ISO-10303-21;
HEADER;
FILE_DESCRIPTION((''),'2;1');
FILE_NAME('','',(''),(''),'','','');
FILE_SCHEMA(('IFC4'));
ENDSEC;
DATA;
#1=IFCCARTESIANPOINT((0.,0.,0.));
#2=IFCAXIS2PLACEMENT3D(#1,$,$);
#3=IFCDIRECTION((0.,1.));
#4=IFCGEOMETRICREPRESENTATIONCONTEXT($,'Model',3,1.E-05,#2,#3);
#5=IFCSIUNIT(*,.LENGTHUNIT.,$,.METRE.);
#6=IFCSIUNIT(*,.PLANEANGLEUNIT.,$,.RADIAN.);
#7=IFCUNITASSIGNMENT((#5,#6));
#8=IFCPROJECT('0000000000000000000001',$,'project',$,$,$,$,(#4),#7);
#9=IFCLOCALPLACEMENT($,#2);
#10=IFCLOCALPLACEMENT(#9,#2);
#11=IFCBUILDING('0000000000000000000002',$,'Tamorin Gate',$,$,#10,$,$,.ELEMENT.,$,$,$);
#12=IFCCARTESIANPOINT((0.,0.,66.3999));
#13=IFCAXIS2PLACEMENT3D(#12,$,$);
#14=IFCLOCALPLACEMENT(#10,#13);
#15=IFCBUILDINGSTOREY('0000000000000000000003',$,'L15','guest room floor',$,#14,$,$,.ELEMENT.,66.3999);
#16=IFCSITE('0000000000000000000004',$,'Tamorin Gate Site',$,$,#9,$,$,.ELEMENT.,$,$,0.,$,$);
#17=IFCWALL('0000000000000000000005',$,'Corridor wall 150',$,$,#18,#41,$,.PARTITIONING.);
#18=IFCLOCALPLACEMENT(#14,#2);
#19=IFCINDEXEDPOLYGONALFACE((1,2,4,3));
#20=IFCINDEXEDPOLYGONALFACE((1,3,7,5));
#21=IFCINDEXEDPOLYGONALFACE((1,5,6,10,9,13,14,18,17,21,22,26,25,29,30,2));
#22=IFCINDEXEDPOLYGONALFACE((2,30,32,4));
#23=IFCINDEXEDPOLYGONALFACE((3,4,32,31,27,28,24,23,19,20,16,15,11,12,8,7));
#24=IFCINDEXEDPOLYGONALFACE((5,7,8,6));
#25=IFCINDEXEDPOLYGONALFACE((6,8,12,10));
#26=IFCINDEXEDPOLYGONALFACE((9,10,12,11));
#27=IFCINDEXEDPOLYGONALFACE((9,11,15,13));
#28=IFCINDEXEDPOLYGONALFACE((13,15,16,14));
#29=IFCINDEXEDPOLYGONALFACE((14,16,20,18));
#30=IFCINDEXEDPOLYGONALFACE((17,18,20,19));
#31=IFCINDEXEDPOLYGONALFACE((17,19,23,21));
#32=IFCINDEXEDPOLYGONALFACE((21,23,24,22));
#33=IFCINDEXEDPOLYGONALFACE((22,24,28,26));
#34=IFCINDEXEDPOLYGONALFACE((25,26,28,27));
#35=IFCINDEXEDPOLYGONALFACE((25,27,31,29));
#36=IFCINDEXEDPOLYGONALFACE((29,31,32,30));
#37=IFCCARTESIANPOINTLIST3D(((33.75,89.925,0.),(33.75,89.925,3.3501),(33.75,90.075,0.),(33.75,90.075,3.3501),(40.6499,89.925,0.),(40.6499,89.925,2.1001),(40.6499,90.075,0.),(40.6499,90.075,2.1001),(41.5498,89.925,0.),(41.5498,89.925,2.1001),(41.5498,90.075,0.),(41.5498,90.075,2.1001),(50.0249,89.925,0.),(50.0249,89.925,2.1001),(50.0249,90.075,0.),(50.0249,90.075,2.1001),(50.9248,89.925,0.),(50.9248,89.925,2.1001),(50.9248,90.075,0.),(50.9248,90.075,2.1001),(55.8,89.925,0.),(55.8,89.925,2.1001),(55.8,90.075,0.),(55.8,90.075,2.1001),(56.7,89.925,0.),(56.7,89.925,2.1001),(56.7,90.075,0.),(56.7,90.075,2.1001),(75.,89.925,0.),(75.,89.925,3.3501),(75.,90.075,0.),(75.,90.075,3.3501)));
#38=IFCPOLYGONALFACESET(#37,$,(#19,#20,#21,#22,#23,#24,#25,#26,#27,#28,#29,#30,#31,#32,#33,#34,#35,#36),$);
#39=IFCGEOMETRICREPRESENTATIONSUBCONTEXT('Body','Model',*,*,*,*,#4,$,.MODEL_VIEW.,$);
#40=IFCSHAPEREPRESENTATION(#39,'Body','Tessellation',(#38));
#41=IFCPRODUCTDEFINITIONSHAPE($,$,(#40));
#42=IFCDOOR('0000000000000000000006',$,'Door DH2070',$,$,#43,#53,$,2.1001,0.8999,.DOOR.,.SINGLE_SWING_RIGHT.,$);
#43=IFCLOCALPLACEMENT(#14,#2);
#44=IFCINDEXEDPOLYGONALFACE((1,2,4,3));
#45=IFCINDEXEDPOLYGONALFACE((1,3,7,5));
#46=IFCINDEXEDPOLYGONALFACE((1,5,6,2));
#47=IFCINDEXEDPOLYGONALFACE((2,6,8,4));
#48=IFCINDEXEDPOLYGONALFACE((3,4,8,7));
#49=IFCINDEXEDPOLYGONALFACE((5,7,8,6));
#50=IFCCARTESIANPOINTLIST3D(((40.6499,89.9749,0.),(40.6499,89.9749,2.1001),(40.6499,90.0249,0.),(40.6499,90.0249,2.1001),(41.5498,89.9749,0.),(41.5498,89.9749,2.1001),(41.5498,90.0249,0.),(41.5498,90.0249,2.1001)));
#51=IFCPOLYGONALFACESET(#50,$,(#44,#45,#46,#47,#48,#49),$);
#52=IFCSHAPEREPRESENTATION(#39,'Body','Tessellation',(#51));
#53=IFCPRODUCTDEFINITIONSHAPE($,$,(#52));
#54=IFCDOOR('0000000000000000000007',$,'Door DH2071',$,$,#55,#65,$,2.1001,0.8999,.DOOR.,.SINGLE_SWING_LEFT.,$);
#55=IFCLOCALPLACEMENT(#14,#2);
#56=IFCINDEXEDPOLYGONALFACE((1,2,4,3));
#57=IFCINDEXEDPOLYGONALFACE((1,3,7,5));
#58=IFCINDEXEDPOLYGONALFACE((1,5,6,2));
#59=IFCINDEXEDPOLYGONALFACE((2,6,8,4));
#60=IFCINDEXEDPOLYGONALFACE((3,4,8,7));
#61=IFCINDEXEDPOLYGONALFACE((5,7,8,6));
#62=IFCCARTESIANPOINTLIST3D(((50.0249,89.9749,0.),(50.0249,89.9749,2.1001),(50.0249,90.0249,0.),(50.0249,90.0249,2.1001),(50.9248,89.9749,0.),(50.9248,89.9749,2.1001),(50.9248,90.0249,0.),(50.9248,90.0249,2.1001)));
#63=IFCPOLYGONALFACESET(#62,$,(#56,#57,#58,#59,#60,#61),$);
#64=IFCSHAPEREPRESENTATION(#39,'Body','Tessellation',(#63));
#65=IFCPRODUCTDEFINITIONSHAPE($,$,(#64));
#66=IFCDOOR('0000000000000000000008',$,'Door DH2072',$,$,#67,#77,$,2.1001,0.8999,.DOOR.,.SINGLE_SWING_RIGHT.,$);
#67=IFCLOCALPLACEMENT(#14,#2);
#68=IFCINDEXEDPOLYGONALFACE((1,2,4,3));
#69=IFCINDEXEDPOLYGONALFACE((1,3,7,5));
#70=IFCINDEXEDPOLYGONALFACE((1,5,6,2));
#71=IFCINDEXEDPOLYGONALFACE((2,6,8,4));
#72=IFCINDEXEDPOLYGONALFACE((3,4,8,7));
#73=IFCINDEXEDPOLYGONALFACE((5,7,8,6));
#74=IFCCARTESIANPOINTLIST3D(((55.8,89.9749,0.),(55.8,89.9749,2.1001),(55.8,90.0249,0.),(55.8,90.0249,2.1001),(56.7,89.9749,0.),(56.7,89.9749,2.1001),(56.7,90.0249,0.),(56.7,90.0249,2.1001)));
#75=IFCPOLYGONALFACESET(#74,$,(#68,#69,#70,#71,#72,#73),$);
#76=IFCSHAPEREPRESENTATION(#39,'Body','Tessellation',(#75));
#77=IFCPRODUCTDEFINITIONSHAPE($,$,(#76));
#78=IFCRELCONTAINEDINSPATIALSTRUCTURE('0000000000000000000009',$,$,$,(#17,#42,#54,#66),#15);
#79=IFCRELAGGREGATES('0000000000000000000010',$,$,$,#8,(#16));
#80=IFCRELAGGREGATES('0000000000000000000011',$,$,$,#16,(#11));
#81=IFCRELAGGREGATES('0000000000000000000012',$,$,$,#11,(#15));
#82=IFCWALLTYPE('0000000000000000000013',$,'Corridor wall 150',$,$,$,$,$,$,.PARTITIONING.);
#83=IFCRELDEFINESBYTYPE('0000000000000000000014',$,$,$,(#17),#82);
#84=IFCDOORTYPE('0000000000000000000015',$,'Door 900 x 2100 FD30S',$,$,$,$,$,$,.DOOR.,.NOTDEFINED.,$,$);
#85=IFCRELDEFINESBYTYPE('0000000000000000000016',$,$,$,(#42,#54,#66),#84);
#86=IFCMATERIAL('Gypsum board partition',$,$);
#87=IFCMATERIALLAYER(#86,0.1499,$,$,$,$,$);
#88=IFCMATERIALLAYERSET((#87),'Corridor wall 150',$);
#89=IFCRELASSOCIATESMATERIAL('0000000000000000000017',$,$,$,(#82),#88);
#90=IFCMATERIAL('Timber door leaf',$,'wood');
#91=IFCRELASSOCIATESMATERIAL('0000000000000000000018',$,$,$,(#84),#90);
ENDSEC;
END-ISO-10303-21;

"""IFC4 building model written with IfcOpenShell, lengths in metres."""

from ifc_helpers import new_model, si_unit, direction, frame, frame_2d, origin, place, context, subcontext, project, spatial, rectangle, extrude, material, layer, layer_set, type_object, element, fill, save


model = new_model("IFC4")

# Units and contexts
model_context = context("Model", 3, precision=1e-05, world=origin(), true_north=direction((0.0, 1.0)))
body_context = subcontext(model_context, "Body", "Model", "MODEL_VIEW")
ifc_project = project(units=[si_unit("LENGTHUNIT", "METRE"), si_unit("PLANEANGLEUNIT", "RADIAN")], contexts=[model_context])

# Site, building, storey
site_placement = place(None, origin())
site = spatial("IfcSite", under=ifc_project, at=site_placement, Name="Tamorin Gate Site", CompositionType="ELEMENT", RefElevation=0.0)
building_placement = place(site_placement, origin())
building = spatial("IfcBuilding", under=site, at=building_placement, Name="Tamorin Gate", CompositionType="ELEMENT")
storey_placement = place(building_placement, frame((0.0, 0.0, 66.3999)))
storey = spatial("IfcBuildingStorey", under=building, at=storey_placement, Name="L15", Description="guest room floor", CompositionType="ELEMENT", Elevation=66.3999)

# Wall, openings, doors
ifc_material_1 = material(Name="Gypsum board partition")
ifc_layer_1 = layer(ifc_material_1, 0.1499)
ifc_layer_set_1 = layer_set([ifc_layer_1], Name="Corridor wall 150")
wall_type_1 = type_object("IfcWallType", Name="Corridor wall 150", PredefinedType="PARTITIONING", material=ifc_layer_set_1)
wall_1_placement = place(storey_placement, frame((33.75, 90.0, 0.0), z_axis=(0.0, 0.0, 1.0), x_axis=(1.0, 0.0, 0.0)))
wall_1 = element("IfcWall", 1, at=wall_1_placement, inside=storey, type_object=wall_type_1, Name="Corridor wall 150", PredefinedType="PARTITIONING", context=body_context, shape_type="SweptSolid", body=[
    extrude(rectangle(XDim=41.25, YDim=0.1499, at=frame_2d((20.625, 0.0))), origin(), (0.0, 0.0, 1.0), 3.3501),
])
opening_1_placement = place(wall_1_placement, frame((6.8999, 0.0, 0.0)))
opening_1 = element("IfcOpeningElement", 2, at=opening_1_placement, cuts=wall_1, PredefinedType="OPENING", context=body_context, shape_type="SweptSolid", body=[
    extrude(rectangle(XDim=0.8999, YDim=2.1001, at=frame_2d((0.45, 1.05))), frame((0.0, 0.085, 0.0), z_axis=(0.0, -1.0, 0.0), x_axis=(1.0, 0.0, 0.0)), (0.0, 0.0, 1.0), 0.1699),
])
opening_2_placement = place(wall_1_placement, frame((16.2749, 0.0, 0.0)))
opening_2 = element("IfcOpeningElement", 3, at=opening_2_placement, cuts=wall_1, PredefinedType="OPENING", context=body_context, shape_type="SweptSolid", body=[
    extrude(rectangle(XDim=0.8999, YDim=2.1001, at=frame_2d((0.45, 1.05))), frame((0.0, 0.085, 0.0), z_axis=(0.0, -1.0, 0.0), x_axis=(1.0, 0.0, 0.0)), (0.0, 0.0, 1.0), 0.1699),
])
opening_3_placement = place(wall_1_placement, frame((22.05, 0.0, 0.0)))
opening_3 = element("IfcOpeningElement", 4, at=opening_3_placement, cuts=wall_1, PredefinedType="OPENING", context=body_context, shape_type="SweptSolid", body=[
    extrude(rectangle(XDim=0.8999, YDim=2.1001, at=frame_2d((0.45, 1.05))), frame((0.0, 0.085, 0.0), z_axis=(0.0, -1.0, 0.0), x_axis=(1.0, 0.0, 0.0)), (0.0, 0.0, 1.0), 0.1699),
])
ifc_material_2 = material(Name="Timber door leaf", Category="wood")
door_type_1 = type_object("IfcDoorType", Name="Door 900 x 2100 FD30S", OperationType="NOTDEFINED", PredefinedType="DOOR", material=ifc_material_2)
door_1_placement = place(opening_1_placement, origin())
door_1 = element("IfcDoor", 5, at=door_1_placement, inside=storey, type_object=door_type_1, Name="Door DH2070", OperationType="SINGLE_SWING_RIGHT", OverallHeight=2.1001, OverallWidth=0.8999, PredefinedType="DOOR", context=body_context, shape_type="SweptSolid", body=[
    extrude(rectangle(XDim=0.8999, YDim=2.1001, at=frame_2d((0.45, 1.05))), frame((0.0, 0.0249, 0.0), z_axis=(0.0, -1.0, 0.0), x_axis=(1.0, 0.0, 0.0)), (0.0, 0.0, 1.0), 0.05),
])
fill(opening_1, door_1)
door_2_placement = place(opening_2_placement, origin())
door_2 = element("IfcDoor", 6, at=door_2_placement, inside=storey, type_object=door_type_1, Name="Door DH2071", OperationType="SINGLE_SWING_LEFT", OverallHeight=2.1001, OverallWidth=0.8999, PredefinedType="DOOR", context=body_context, shape_type="SweptSolid", body=[
    extrude(rectangle(XDim=0.8999, YDim=2.1001, at=frame_2d((0.45, 1.05))), frame((0.0, 0.0249, 0.0), z_axis=(0.0, -1.0, 0.0), x_axis=(1.0, 0.0, 0.0)), (0.0, 0.0, 1.0), 0.05),
])
fill(opening_2, door_2)
door_3_placement = place(opening_3_placement, origin())
door_3 = element("IfcDoor", 7, at=door_3_placement, inside=storey, type_object=door_type_1, Name="Door DH2072", OperationType="SINGLE_SWING_RIGHT", OverallHeight=2.1001, OverallWidth=0.8999, PredefinedType="DOOR", context=body_context, shape_type="SweptSolid", body=[
    extrude(rectangle(XDim=0.8999, YDim=2.1001, at=frame_2d((0.45, 1.05))), frame((0.0, 0.0249, 0.0), z_axis=(0.0, -1.0, 0.0), x_axis=(1.0, 0.0, 0.0)), (0.0, 0.0, 1.0), 0.05),
])
fill(opening_3, door_3)

save(model, "model.ifc")
